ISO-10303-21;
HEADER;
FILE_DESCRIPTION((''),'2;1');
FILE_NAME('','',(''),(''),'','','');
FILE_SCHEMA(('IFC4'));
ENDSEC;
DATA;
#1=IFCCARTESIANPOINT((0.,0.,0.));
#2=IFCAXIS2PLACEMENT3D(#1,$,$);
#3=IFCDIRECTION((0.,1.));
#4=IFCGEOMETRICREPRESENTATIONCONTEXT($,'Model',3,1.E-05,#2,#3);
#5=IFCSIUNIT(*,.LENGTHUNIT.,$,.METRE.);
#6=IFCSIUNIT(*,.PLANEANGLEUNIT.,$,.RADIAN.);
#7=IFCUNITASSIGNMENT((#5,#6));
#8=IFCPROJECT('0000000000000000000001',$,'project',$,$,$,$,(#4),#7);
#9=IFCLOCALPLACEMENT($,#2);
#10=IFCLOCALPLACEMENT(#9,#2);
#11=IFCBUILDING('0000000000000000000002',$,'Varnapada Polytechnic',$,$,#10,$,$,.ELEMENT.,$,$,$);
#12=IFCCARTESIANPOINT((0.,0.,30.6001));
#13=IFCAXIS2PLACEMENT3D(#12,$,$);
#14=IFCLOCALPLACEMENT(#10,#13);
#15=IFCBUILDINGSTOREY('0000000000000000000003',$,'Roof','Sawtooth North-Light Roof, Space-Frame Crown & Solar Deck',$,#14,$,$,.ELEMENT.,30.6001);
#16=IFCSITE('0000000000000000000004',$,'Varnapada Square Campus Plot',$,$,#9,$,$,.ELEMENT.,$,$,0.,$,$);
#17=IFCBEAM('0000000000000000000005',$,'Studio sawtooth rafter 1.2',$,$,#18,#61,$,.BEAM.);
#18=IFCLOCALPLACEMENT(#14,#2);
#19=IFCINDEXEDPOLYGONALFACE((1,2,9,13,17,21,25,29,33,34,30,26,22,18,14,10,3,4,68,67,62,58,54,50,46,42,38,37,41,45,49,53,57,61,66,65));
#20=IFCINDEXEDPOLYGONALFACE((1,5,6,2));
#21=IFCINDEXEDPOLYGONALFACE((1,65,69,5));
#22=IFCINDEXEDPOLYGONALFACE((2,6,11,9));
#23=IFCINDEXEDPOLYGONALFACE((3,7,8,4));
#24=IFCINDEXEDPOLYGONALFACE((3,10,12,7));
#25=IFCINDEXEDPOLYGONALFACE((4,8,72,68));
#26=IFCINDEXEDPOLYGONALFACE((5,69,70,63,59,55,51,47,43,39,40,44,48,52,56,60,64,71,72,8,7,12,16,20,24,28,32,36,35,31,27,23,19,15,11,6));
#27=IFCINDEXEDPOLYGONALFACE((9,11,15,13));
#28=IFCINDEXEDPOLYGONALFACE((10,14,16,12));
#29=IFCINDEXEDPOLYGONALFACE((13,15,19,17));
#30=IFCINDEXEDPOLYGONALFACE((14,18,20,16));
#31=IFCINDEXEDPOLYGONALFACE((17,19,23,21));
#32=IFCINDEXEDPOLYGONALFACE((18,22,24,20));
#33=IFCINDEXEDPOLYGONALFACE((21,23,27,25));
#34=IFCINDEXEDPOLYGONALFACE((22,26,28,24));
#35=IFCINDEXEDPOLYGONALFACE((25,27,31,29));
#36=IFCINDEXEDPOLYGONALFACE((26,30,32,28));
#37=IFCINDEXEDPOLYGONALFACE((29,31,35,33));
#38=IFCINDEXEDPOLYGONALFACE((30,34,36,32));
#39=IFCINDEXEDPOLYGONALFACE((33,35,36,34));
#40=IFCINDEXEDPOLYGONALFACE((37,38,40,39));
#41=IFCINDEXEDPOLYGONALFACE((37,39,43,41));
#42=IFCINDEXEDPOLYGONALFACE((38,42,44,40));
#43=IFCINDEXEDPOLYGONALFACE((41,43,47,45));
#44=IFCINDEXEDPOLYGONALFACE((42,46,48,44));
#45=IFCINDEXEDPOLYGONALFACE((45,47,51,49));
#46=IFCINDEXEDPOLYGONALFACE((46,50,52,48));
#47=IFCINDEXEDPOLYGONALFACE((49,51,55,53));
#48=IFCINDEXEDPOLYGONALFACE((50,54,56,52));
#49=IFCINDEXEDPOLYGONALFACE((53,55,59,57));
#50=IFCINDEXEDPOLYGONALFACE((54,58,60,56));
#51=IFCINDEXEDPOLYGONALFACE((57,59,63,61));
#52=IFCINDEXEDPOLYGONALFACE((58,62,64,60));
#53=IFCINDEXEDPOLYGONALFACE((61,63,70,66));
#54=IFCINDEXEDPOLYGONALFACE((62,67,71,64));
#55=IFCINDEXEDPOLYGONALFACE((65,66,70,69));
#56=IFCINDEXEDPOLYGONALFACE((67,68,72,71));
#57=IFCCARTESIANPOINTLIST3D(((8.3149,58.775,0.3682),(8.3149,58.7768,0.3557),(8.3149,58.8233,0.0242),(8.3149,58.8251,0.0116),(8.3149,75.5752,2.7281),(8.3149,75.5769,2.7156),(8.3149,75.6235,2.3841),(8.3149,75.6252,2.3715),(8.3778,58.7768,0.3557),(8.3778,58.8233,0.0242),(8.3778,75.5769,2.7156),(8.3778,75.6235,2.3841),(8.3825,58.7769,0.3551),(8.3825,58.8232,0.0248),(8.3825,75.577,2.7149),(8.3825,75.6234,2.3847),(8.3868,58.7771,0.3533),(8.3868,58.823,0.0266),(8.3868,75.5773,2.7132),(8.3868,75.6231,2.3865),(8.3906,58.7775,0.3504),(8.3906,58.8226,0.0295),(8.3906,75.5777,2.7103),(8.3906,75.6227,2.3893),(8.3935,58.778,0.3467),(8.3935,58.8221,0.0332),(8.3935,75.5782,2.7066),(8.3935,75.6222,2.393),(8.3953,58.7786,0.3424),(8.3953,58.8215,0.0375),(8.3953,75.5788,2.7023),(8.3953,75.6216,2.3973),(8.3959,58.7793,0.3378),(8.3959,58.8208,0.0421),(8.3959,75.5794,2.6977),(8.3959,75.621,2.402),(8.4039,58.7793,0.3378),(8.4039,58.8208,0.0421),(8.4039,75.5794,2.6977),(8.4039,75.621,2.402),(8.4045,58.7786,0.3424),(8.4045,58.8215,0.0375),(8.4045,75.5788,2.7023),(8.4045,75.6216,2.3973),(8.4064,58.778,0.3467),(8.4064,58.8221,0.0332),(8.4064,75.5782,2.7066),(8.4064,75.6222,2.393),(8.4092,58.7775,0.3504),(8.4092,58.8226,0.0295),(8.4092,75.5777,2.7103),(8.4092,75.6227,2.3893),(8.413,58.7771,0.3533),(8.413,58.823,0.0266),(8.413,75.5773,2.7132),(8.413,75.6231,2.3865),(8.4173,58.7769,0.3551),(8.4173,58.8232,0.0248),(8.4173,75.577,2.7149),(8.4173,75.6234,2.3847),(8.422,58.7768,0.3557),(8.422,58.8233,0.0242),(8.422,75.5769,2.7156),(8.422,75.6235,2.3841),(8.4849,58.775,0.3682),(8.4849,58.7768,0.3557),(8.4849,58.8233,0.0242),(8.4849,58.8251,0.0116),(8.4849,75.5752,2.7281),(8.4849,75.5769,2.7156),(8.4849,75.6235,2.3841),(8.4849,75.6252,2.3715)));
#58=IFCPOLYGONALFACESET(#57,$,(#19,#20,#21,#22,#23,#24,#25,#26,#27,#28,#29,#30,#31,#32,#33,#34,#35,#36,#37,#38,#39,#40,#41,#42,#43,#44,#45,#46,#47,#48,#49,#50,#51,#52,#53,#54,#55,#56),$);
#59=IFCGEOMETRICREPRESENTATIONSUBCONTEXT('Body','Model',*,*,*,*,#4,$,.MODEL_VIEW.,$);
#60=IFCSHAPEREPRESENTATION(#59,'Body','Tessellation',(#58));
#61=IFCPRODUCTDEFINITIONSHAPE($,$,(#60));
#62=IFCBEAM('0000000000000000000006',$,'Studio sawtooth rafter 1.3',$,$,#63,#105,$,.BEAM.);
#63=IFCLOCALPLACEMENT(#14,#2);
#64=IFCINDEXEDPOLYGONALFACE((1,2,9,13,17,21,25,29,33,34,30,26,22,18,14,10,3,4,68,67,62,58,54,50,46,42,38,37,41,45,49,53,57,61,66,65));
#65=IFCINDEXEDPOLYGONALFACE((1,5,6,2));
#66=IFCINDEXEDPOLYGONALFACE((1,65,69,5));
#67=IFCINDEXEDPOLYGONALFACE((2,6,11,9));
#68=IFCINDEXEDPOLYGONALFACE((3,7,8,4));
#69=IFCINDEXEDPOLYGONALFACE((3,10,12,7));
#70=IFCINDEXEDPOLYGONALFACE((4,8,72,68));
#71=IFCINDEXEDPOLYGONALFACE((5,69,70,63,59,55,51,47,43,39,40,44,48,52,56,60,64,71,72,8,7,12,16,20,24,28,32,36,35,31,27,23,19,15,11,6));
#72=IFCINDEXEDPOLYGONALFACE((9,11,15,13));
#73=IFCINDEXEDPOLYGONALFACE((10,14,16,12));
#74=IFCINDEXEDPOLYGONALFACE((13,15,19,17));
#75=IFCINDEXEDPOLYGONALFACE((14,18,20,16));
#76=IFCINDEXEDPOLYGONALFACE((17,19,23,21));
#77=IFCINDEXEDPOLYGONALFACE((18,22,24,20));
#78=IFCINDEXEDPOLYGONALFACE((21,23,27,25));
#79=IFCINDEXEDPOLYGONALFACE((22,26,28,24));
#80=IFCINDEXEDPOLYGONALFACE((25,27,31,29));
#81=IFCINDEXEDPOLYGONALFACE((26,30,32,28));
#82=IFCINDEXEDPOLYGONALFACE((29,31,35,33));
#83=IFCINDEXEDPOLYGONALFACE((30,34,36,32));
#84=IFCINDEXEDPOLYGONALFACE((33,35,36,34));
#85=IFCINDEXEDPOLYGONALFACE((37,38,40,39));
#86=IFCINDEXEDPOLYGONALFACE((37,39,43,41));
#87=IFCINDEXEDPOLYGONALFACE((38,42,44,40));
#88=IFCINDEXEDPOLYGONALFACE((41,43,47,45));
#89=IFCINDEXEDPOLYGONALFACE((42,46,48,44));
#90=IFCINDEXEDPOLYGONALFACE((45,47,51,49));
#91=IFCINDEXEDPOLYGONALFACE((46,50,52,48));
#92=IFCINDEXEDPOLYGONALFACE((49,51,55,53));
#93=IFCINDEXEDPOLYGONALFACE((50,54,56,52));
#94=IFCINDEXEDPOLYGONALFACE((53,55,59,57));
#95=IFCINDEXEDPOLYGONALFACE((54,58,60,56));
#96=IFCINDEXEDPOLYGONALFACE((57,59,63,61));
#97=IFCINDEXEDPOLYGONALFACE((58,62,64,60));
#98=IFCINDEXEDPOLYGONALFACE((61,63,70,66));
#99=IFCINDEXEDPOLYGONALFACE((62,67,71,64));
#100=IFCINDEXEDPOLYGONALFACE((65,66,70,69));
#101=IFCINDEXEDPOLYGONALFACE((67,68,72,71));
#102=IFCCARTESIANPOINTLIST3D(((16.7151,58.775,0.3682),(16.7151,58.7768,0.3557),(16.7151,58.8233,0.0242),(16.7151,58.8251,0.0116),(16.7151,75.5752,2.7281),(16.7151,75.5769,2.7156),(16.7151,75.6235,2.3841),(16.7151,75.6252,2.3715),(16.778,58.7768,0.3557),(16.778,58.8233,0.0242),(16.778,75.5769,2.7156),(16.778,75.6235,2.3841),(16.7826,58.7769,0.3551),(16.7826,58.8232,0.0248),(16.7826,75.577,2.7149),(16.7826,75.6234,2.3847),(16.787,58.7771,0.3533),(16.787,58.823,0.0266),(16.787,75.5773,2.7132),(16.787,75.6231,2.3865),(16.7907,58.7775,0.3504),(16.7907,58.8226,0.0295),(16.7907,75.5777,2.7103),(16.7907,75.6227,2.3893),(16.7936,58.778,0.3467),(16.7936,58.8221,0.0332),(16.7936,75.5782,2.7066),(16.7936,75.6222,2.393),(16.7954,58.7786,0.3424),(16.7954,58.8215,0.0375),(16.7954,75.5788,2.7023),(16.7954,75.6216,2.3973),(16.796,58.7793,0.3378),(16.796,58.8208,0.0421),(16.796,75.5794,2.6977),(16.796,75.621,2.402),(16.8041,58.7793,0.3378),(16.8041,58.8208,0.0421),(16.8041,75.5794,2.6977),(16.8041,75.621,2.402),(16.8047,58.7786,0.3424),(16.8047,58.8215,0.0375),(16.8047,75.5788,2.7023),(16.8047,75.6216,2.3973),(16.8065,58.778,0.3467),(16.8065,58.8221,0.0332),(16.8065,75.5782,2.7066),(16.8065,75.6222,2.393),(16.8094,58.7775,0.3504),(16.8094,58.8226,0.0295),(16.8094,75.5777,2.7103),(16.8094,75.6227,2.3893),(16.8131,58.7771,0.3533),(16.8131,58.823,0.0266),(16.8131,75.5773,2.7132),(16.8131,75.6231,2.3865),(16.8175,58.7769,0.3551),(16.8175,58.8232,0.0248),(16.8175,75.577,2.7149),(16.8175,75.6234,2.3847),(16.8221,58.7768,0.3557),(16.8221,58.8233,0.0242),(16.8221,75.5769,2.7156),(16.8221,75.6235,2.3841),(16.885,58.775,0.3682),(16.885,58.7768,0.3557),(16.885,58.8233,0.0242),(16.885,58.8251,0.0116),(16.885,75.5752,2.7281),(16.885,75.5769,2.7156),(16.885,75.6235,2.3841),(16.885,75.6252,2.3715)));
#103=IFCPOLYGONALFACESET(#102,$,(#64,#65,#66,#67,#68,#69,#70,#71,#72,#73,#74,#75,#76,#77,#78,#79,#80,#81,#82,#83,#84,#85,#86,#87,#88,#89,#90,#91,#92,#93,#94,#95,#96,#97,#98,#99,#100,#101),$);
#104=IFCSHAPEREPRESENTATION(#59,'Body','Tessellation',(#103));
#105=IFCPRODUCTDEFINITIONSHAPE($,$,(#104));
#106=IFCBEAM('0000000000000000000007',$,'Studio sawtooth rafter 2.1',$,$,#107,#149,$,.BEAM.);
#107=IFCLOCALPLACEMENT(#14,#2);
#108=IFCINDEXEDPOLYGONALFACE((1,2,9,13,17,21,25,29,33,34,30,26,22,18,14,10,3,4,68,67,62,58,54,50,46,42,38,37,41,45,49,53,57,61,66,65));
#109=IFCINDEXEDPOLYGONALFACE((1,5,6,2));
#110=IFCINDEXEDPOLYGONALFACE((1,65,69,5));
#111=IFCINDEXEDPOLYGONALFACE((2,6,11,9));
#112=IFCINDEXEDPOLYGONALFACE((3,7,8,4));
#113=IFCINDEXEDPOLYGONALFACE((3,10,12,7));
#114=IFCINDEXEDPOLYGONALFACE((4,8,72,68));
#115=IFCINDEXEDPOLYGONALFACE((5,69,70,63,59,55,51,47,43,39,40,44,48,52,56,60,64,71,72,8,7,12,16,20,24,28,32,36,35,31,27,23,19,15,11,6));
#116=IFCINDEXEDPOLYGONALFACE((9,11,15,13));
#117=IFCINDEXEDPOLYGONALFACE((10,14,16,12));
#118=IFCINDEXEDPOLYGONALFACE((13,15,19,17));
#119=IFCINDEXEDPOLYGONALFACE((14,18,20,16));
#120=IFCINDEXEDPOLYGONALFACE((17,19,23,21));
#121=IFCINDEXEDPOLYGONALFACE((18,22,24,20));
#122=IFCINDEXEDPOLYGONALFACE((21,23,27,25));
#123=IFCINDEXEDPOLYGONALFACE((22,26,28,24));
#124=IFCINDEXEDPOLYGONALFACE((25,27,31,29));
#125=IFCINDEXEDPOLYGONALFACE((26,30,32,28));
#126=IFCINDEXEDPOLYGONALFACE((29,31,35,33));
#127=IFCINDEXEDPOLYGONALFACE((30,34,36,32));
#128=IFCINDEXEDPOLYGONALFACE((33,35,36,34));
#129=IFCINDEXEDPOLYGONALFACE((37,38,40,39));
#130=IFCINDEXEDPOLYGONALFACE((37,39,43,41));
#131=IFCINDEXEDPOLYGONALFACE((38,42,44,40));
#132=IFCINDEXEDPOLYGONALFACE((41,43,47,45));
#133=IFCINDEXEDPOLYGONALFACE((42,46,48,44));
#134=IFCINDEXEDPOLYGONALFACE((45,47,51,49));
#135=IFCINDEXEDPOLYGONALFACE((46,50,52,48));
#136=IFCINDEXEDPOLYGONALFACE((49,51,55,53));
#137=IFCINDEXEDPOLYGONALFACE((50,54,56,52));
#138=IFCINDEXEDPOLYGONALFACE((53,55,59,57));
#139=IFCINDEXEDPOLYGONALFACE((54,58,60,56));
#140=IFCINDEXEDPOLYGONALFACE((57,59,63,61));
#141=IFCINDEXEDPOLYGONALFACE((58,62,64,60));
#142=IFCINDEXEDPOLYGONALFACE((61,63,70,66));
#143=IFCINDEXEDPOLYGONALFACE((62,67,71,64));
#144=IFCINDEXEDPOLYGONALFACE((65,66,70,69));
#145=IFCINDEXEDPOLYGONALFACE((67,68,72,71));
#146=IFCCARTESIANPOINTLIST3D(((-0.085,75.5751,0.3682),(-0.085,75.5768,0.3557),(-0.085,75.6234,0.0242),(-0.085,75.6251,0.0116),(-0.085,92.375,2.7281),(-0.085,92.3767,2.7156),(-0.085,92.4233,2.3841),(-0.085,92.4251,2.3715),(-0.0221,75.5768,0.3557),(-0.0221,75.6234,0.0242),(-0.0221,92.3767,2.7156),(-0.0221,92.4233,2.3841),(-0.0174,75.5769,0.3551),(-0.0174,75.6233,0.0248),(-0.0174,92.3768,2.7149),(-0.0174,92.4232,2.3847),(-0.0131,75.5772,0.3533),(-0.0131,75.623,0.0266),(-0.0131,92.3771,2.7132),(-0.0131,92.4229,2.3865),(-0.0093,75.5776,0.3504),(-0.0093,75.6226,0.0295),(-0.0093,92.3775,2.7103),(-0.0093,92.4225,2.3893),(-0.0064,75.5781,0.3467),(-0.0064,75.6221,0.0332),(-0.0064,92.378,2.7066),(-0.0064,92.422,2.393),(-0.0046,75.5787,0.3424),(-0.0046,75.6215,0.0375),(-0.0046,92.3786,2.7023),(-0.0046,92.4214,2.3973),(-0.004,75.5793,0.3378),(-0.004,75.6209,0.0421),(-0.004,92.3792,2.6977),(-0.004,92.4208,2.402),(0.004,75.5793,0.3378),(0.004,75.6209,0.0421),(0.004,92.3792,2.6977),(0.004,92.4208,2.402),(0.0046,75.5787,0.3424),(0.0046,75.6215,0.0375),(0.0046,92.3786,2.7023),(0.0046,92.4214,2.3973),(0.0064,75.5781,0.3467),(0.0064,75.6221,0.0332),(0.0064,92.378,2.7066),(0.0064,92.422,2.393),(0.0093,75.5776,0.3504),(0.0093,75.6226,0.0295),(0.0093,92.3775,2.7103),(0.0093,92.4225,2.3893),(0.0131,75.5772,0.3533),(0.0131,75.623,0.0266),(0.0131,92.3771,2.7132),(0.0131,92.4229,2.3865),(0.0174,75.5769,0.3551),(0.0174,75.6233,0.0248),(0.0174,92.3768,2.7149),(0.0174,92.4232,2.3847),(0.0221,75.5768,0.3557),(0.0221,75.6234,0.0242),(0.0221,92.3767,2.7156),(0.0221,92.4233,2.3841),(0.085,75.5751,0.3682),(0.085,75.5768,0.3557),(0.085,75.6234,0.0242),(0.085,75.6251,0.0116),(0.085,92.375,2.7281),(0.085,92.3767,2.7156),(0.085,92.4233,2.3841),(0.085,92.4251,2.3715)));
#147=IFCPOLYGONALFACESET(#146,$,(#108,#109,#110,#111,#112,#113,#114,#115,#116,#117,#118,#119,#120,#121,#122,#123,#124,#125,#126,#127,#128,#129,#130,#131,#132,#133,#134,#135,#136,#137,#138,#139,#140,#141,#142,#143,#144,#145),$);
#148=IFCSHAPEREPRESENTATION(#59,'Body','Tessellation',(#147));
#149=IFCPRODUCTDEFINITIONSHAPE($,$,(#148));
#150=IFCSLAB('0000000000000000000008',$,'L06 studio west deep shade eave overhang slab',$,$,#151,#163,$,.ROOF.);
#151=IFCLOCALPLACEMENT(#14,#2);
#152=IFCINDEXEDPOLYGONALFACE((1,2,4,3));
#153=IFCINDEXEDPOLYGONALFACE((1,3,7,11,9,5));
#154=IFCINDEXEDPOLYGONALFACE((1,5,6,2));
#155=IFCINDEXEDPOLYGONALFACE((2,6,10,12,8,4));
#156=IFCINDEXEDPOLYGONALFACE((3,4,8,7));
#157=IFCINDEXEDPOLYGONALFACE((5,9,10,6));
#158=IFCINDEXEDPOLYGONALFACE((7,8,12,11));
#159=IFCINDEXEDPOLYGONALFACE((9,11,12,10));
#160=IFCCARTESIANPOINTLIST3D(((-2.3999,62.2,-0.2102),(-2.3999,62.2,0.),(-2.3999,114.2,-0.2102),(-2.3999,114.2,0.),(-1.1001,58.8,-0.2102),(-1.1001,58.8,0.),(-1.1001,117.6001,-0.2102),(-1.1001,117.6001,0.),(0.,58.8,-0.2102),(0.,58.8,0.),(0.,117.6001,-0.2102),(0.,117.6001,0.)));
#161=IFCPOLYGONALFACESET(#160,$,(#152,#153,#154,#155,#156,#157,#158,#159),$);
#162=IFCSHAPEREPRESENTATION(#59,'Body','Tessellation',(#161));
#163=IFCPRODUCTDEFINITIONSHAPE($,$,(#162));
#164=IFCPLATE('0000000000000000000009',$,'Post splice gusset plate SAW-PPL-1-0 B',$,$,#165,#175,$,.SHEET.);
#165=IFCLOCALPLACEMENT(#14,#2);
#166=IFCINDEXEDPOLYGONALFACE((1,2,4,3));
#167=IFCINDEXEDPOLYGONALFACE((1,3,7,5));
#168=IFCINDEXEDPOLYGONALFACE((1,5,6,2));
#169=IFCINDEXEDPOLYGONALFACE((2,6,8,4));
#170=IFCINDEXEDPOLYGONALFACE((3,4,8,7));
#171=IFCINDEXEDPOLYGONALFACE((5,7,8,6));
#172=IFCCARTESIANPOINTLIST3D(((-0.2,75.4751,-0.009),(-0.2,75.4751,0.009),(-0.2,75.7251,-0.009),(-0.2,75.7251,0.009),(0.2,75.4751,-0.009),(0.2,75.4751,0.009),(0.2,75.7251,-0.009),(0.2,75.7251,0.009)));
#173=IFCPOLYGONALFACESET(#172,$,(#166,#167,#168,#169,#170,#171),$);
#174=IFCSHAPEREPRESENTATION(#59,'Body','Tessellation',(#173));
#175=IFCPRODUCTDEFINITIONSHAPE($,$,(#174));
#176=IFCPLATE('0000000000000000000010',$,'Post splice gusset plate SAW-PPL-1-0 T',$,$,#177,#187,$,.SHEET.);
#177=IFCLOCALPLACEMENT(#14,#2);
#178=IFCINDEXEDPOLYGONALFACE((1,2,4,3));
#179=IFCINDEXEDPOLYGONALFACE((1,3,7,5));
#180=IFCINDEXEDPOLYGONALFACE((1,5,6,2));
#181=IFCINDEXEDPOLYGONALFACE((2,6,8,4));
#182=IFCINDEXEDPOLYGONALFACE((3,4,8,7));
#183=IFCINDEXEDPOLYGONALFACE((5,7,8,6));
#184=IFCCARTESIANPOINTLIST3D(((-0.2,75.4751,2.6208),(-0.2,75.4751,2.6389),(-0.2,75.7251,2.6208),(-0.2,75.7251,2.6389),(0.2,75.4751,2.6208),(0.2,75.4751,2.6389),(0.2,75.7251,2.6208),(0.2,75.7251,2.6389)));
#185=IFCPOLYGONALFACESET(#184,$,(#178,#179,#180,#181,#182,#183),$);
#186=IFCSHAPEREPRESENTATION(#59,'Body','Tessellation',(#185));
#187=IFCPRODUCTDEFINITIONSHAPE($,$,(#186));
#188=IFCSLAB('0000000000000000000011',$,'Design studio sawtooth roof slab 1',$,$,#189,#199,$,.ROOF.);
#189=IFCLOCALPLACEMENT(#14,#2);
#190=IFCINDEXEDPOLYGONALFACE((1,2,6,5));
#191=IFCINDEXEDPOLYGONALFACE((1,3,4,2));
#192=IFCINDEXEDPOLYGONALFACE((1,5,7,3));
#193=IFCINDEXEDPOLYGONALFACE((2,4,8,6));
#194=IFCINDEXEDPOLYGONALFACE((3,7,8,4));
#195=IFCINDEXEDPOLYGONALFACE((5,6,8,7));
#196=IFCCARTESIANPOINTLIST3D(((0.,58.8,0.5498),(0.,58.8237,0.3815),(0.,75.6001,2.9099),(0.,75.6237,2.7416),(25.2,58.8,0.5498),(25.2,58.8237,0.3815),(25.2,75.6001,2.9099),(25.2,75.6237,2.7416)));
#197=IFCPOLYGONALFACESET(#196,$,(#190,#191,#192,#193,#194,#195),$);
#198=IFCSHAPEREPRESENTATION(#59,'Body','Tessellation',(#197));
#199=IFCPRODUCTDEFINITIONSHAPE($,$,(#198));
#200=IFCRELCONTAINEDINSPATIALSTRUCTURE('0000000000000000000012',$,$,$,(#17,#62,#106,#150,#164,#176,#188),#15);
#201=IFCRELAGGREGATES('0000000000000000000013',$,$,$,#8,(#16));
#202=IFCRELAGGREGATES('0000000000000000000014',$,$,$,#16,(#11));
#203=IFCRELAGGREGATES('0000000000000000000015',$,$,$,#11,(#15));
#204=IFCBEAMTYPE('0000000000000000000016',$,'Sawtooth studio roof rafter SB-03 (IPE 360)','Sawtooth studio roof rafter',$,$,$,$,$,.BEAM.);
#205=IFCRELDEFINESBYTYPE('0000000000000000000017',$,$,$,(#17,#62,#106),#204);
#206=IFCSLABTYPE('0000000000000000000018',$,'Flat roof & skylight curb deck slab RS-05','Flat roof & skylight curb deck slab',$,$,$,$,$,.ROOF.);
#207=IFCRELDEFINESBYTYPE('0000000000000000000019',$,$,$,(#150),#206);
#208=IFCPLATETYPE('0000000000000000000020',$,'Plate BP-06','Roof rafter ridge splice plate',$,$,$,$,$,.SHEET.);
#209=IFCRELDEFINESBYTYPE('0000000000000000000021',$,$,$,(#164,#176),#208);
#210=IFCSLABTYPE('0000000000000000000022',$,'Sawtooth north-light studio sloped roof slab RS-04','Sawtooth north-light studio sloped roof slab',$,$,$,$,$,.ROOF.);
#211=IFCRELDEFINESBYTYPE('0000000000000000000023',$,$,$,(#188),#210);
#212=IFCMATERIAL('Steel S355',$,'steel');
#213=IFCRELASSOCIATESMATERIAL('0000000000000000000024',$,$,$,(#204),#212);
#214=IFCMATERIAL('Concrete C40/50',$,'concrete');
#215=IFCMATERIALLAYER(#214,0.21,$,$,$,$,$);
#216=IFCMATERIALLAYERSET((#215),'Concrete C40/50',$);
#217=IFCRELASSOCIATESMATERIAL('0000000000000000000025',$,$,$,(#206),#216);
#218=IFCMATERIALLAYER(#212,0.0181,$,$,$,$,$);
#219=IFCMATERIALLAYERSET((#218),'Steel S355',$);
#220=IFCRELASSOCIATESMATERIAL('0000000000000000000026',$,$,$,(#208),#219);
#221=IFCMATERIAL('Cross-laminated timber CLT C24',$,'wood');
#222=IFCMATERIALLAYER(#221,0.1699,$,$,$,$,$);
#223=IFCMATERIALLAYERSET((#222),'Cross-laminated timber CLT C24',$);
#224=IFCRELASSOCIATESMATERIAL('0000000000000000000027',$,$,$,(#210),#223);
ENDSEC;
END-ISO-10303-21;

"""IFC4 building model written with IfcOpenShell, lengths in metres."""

from ifc_helpers import new_model, si_unit, direction, frame, origin, origin_2d, place, context, subcontext, project, spatial, polyline, rectangle, i_section, outline, extrude, material, layer, layer_set, material_profile, profile_set, type_object, element, save


model = new_model("IFC4")

# Units and contexts
model_context = context("Model", 3, precision=1e-05, world=origin(), true_north=direction((0.0, 1.0)))
body_context = subcontext(model_context, "Body", "Model", "MODEL_VIEW")
ifc_project = project(units=[si_unit("LENGTHUNIT", "METRE"), si_unit("PLANEANGLEUNIT", "RADIAN")], contexts=[model_context])

# Site, building, storey
site_placement = place(None, origin())
site = spatial("IfcSite", under=ifc_project, at=site_placement, Name="Varnapada Square Campus Plot", CompositionType="ELEMENT", RefElevation=0.0)
building_placement = place(site_placement, origin())
building = spatial("IfcBuilding", under=site, at=building_placement, Name="Varnapada Polytechnic", CompositionType="ELEMENT")
storey_placement = place(building_placement, frame((0.0, 0.0, 30.6001)))
storey = spatial("IfcBuildingStorey", under=building, at=storey_placement, Name="Roof", Description="Sawtooth North-Light Roof, Space-Frame Crown & Solar Deck", CompositionType="ELEMENT", Elevation=30.6001)

# Shared definitions
ifc_material_1 = material(Name="Steel S355", Category="steel")

# Beams
ifc_material_profile_1 = material_profile(ifc_material_1, i_section(OverallWidth=0.1699, OverallDepth=0.3601, WebThickness=0.0081, FlangeThickness=0.0127, FilletRadius=0.0181, at=origin_2d()), Name="IPE 360")
ifc_profile_set_1 = profile_set([ifc_material_profile_1], Name="Steel S355")
beam_type = type_object("IfcBeamType", Name="Sawtooth studio roof rafter SB-03 (IPE 360)", Description="Sawtooth studio roof rafter", PredefinedType="BEAM", material=ifc_profile_set_1)
for number, where, z_axis, x_axis, name in (
    (1, (8.3999, 58.8, 0.1899), (0.0, 0.990278, 0.139102), (-1.0, 0.0, 0.0), "Studio sawtooth rafter 1.2"),
    (2, (16.8, 58.8, 0.1899), (0.0, 0.990278, 0.139102), (-1.0, 0.0, 0.0), "Studio sawtooth rafter 1.3"),
):
    element("IfcBeam", number, at=place(storey_placement, frame(where, z_axis=z_axis, x_axis=x_axis)), inside=storey, type_object=beam_type, Name=name, PredefinedType="BEAM", context=body_context, shape_type="SweptSolid", body=[
        extrude(i_section(OverallWidth=0.1699, OverallDepth=0.3601, WebThickness=0.0081, FlangeThickness=0.0127, FilletRadius=0.0181, at=origin_2d()), origin(), (0.0, 0.0, 1.0), 16.9651),
    ])
beam_placement = place(storey_placement, frame((0.0, 75.6001, 0.1899), z_axis=(0.0, 0.990278, 0.139104), x_axis=(-1.0, 0.0, 0.0)))
element("IfcBeam", 3, at=beam_placement, inside=storey, type_object=beam_type, Name="Studio sawtooth rafter 2.1", PredefinedType="BEAM", context=body_context, shape_type="SweptSolid", body=[
    extrude(i_section(OverallWidth=0.1699, OverallDepth=0.3601, WebThickness=0.0081, FlangeThickness=0.0127, FilletRadius=0.0181, at=origin_2d()), origin(), (0.0, 0.0, 1.0), 16.9648),
])

# Shared definitions
ifc_material_2 = material(Name="Concrete C40/50", Category="concrete")
ifc_layer_1 = layer(ifc_material_2, 0.21)
ifc_layer_set_1 = layer_set([ifc_layer_1], Name="Concrete C40/50")
slab_type_1 = type_object("IfcSlabType", Name="Flat roof & skylight curb deck slab RS-05", Description="Flat roof & skylight curb deck slab", PredefinedType="ROOF", material=ifc_layer_set_1)

# Slab
slab_1_placement = place(storey_placement, frame((0.0, 0.0, -0.2102)))
element("IfcSlab", 4, at=slab_1_placement, inside=storey, type_object=slab_type_1, Name="L06 studio west deep shade eave overhang slab", PredefinedType="ROOF", context=body_context, shape_type="SweptSolid", body=[
    extrude(outline(polyline([(0.0, 58.8), (0.0, 117.6001), (-1.1001, 117.6001), (-2.3999, 114.2), (-2.3999, 62.2), (-1.1001, 58.8), (0.0, 58.8)])), origin(), (0.0, 0.0, 1.0), 0.2102),
])

# Plates
ifc_layer_2 = layer(ifc_material_1, 0.0181)
ifc_layer_set_2 = layer_set([ifc_layer_2], Name="Steel S355")
plate_type = type_object("IfcPlateType", Name="Plate BP-06", Description="Roof rafter ridge splice plate", PredefinedType="SHEET", material=ifc_layer_set_2)
for number, where, z_axis, x_axis, name in (
    (5, (0.0, 75.6001, -0.009), (0.0, 0.0, 1.0), (1.0, 0.0, 0.0), "Post splice gusset plate SAW-PPL-1-0 B"),
    (6, (0.0, 75.6001, 2.6208), (0.0, 0.0, 1.0), (1.0, 0.0, 0.0), "Post splice gusset plate SAW-PPL-1-0 T"),
):
    element("IfcPlate", number, at=place(storey_placement, frame(where, z_axis=z_axis, x_axis=x_axis)), inside=storey, type_object=plate_type, Name=name, PredefinedType="SHEET", context=body_context, shape_type="SweptSolid", body=[
        extrude(rectangle(XDim=0.3999, YDim=0.25, at=origin_2d()), origin(), (0.0, 0.0, 1.0), 0.0181),
    ])

# Slab
ifc_material_3 = material(Name="Cross-laminated timber CLT C24", Category="wood")
ifc_layer_3 = layer(ifc_material_3, 0.1699)
ifc_layer_set_3 = layer_set([ifc_layer_3], Name="Cross-laminated timber CLT C24")
slab_type_2 = type_object("IfcSlabType", Name="Sawtooth north-light studio sloped roof slab RS-04", Description="Sawtooth north-light studio sloped roof slab", PredefinedType="ROOF", material=ifc_layer_set_3)
slab_2_placement = place(storey_placement, frame((0.0, 58.8, 0.5498), z_axis=(0.0, -0.139116, 0.990276), x_axis=(1.0, 0.0, 0.0)))
element("IfcSlab", 7, at=slab_2_placement, inside=storey, type_object=slab_type_2, Name="Design studio sawtooth roof slab 1", PredefinedType="ROOF", context=body_context, shape_type="SweptSolid", body=[
    extrude(outline(polyline([(0.0, 0.0), (25.2, 0.0), (25.2, 16.965), (0.0, 16.965), (0.0, 0.0)])), origin(), (0.0, 0.0, -1.0), 0.1699),
])

save(model, "model.ifc")
